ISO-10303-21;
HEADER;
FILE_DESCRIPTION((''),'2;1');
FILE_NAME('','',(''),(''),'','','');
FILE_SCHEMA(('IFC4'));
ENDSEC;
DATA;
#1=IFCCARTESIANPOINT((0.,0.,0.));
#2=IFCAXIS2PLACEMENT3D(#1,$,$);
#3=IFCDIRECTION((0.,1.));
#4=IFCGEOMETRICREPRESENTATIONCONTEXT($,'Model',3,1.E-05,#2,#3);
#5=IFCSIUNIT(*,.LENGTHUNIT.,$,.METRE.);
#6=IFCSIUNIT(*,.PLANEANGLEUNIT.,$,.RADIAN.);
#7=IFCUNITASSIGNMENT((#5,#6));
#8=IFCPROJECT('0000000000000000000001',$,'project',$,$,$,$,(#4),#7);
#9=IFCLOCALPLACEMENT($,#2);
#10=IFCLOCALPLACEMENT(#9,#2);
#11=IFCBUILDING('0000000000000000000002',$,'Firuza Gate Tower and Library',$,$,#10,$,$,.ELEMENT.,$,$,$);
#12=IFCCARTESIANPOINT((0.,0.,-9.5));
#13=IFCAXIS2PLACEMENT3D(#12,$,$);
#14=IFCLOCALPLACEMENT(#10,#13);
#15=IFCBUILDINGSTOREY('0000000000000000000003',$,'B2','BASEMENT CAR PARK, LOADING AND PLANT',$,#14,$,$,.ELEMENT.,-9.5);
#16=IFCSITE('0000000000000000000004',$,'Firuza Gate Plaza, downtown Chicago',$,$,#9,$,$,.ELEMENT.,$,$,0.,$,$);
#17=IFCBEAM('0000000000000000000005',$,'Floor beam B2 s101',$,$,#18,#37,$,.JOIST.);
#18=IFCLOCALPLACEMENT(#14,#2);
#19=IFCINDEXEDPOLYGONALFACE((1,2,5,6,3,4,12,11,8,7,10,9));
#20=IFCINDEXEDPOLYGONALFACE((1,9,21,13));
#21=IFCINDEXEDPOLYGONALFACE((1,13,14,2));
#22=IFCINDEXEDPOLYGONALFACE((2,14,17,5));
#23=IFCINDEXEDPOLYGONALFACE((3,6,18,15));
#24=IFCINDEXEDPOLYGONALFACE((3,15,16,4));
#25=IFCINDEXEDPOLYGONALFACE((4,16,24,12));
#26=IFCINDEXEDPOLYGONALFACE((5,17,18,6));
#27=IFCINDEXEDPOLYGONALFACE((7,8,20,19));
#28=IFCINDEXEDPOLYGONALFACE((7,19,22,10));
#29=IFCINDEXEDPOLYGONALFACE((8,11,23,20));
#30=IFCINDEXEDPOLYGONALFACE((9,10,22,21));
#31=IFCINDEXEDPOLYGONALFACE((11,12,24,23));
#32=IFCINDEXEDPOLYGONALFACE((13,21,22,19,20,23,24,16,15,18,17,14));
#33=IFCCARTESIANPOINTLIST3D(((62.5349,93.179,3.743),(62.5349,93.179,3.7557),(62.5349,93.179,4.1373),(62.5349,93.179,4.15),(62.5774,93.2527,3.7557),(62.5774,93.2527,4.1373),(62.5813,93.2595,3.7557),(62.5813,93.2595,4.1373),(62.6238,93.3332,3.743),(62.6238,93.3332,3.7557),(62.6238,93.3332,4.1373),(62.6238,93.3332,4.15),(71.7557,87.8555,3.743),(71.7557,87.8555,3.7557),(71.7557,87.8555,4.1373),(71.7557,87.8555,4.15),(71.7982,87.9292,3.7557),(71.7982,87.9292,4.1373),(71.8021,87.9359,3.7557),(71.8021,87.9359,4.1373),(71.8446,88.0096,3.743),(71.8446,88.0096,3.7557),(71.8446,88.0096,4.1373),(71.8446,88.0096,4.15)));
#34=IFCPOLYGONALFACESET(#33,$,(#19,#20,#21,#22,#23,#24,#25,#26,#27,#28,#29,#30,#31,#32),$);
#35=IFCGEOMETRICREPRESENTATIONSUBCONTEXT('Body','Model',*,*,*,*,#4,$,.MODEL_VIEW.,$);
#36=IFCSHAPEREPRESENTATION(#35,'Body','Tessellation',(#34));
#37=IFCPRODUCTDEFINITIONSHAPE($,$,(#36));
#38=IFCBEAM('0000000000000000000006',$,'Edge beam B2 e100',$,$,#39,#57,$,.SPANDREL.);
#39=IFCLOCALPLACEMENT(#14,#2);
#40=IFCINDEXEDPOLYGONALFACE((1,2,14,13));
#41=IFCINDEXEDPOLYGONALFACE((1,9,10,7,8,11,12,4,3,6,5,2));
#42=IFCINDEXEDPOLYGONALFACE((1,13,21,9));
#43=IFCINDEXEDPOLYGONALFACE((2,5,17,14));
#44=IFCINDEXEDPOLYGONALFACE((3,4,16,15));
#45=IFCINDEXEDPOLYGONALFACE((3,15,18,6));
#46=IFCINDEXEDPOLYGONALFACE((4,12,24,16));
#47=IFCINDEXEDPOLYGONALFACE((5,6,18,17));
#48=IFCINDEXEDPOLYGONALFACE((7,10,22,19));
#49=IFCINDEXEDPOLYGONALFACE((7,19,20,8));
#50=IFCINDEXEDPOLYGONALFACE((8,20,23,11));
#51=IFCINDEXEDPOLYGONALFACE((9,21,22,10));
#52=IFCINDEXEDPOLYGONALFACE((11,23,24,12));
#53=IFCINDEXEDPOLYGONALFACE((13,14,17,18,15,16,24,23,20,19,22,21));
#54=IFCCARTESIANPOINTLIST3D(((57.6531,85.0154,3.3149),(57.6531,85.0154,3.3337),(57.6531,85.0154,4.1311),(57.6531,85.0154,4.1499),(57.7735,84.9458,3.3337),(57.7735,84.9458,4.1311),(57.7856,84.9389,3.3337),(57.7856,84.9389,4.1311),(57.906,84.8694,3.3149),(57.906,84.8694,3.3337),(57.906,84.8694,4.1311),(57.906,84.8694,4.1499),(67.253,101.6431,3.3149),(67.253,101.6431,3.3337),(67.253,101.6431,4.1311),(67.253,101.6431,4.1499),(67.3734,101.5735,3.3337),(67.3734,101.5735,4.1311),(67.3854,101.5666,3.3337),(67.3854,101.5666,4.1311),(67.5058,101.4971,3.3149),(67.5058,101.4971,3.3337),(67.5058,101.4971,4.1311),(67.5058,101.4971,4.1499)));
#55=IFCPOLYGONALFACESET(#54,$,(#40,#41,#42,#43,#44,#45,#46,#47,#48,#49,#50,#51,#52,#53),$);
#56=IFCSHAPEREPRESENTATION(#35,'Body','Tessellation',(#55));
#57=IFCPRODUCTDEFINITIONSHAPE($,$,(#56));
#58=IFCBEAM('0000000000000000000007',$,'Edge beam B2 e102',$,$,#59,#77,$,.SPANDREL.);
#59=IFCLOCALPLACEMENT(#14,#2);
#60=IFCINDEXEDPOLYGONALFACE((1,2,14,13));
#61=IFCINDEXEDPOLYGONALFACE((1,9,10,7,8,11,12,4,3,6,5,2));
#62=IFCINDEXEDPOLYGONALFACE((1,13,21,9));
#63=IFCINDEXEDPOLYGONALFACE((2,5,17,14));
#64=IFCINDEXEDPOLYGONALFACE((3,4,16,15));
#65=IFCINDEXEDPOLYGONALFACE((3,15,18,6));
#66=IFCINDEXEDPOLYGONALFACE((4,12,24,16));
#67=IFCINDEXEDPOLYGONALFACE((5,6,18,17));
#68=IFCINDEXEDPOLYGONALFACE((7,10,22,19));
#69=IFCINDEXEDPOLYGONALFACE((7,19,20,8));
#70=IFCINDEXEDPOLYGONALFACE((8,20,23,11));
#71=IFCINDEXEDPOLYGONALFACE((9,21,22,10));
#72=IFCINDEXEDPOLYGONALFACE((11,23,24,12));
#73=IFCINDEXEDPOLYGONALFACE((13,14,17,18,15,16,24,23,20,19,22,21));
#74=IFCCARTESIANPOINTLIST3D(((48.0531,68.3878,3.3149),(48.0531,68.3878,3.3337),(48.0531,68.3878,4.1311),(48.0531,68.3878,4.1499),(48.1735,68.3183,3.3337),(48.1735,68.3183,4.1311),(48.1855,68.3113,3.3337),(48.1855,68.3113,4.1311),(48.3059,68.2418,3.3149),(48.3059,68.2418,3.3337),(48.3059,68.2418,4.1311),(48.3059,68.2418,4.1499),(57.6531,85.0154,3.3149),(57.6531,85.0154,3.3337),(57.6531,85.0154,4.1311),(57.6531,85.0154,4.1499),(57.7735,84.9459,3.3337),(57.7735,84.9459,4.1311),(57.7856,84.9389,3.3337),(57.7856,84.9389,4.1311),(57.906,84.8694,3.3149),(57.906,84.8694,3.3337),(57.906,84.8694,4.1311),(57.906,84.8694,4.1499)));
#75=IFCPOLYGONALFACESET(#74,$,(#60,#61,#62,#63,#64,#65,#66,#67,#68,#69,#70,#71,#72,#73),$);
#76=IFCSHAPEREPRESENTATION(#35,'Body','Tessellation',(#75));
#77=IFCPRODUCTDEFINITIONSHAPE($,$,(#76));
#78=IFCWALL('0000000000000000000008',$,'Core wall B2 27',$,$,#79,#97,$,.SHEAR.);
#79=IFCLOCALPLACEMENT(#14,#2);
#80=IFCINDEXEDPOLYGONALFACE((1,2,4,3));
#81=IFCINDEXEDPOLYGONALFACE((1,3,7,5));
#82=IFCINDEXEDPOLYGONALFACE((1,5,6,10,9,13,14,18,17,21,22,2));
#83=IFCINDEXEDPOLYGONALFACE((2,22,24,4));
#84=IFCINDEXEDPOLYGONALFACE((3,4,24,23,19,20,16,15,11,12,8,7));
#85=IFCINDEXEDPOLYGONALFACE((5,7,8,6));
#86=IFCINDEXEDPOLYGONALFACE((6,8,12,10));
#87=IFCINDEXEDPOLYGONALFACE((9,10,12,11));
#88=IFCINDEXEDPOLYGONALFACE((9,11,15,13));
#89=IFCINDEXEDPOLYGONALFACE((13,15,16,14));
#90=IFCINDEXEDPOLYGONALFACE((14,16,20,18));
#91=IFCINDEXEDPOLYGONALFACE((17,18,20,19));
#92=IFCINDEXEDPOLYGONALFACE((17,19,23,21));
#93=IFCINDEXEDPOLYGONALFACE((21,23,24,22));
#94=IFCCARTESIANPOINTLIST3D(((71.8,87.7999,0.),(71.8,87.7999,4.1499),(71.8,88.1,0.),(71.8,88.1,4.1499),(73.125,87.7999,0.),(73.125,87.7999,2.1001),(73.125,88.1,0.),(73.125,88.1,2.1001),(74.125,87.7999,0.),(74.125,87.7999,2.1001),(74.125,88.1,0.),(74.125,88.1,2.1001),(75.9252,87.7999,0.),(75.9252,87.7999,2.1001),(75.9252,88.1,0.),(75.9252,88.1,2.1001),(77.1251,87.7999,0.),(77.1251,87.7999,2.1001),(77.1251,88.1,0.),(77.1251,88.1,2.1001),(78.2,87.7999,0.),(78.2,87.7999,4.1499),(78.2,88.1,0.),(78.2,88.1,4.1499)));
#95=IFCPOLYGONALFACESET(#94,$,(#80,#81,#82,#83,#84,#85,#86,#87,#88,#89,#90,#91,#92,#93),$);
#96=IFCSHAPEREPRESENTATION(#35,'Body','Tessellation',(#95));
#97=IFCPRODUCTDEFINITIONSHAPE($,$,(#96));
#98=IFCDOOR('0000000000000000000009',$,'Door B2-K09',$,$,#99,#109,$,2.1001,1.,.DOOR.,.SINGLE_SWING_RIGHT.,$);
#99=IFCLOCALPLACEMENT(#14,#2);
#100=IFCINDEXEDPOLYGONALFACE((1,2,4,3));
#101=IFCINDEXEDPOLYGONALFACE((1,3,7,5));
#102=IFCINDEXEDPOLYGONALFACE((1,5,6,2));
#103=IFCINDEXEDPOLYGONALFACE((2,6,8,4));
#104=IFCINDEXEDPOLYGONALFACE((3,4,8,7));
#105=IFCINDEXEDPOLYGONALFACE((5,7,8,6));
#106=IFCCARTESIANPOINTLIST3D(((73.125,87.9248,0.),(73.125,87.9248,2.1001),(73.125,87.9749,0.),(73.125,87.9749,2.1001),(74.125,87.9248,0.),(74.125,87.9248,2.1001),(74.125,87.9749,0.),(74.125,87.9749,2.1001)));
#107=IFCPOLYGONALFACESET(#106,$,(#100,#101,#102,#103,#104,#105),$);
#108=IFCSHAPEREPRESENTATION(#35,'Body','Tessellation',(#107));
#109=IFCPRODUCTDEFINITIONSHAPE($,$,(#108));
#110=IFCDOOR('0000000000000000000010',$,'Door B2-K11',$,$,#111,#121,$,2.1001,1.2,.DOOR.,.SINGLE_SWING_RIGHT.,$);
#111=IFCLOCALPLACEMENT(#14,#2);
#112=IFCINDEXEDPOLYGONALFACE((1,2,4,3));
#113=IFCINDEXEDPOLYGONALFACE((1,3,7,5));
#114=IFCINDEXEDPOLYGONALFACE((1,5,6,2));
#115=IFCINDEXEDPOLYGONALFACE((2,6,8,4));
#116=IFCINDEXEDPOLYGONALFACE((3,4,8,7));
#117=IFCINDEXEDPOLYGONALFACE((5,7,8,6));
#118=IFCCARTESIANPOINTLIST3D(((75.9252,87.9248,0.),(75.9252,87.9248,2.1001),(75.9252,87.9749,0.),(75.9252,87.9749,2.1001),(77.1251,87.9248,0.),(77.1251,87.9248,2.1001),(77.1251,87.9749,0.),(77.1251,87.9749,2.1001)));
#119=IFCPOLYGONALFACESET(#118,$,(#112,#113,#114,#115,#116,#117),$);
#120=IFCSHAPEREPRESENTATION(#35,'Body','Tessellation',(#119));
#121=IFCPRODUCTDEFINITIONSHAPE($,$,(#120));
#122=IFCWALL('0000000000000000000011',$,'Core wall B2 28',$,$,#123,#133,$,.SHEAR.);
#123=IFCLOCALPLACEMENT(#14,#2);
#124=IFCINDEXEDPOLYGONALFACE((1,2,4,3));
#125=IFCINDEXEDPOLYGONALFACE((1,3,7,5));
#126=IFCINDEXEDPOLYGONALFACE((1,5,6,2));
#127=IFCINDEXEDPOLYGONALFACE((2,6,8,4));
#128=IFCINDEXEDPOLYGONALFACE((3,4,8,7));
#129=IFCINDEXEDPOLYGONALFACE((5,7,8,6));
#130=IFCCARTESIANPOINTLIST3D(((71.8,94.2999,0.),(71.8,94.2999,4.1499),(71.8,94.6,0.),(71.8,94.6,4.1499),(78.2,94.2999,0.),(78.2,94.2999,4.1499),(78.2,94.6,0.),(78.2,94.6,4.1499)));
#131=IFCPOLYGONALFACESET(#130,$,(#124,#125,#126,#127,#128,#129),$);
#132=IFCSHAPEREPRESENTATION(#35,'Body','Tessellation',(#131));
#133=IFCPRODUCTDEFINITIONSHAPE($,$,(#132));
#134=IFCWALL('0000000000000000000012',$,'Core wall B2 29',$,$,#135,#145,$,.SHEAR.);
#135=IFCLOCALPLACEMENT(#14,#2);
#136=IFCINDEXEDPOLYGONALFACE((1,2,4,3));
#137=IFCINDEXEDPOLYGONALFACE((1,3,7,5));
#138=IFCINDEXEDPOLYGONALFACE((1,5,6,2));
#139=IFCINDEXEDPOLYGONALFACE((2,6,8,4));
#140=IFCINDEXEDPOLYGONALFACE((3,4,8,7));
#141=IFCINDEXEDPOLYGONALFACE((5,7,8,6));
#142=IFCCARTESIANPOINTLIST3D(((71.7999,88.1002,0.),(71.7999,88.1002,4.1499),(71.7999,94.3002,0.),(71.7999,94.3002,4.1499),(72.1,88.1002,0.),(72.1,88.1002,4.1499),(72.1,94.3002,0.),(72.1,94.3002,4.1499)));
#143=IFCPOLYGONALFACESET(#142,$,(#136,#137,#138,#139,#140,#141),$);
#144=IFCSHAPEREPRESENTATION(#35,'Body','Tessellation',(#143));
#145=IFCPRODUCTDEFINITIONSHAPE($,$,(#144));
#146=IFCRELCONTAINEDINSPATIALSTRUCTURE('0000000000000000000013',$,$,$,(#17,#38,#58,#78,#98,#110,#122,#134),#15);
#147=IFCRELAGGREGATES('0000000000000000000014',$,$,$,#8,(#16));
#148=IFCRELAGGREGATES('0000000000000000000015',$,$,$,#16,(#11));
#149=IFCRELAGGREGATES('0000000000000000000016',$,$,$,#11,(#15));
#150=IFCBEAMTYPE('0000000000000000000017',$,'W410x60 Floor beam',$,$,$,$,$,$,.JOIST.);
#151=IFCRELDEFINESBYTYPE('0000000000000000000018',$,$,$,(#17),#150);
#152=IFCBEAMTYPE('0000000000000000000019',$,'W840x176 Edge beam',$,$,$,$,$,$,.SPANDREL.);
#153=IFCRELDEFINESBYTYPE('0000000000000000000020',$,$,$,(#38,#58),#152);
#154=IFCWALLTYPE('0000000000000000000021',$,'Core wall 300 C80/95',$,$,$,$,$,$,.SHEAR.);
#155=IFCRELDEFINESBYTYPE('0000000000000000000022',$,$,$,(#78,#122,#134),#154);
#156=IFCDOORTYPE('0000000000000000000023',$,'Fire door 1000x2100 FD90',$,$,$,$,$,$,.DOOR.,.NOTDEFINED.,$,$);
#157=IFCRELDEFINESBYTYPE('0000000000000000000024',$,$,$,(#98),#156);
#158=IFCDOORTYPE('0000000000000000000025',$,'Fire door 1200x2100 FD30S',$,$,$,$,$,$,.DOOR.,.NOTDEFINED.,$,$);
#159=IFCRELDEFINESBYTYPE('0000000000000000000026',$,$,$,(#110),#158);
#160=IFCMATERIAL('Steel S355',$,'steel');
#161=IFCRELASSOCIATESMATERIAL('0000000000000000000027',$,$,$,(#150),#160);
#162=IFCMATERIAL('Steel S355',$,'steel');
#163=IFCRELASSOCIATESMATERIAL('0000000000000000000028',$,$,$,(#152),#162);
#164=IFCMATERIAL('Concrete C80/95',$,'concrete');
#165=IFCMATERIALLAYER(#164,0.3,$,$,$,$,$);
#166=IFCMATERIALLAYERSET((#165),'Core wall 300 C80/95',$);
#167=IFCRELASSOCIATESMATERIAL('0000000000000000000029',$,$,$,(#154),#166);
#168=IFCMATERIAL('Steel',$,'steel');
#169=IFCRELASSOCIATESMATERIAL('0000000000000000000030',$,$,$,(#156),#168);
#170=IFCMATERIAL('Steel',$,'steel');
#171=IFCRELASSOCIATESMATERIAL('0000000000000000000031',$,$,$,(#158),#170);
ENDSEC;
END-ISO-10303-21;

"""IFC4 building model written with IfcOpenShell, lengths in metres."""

from ifc_helpers import new_model, si_unit, direction, frame, frame_2d, origin, origin_2d, place, context, subcontext, project, spatial, rectangle, i_section, extrude, material, layer, layer_set, material_profile, profile_set, type_object, element, fill, save


model = new_model("IFC4")

# Units and contexts
model_context = context("Model", 3, precision=1e-05, world=origin(), true_north=direction((0.0, 1.0)))
body_context = subcontext(model_context, "Body", "Model", "MODEL_VIEW")
ifc_project = project(units=[si_unit("LENGTHUNIT", "METRE"), si_unit("PLANEANGLEUNIT", "RADIAN")], contexts=[model_context])

# Site, building, storey
site_placement = place(None, origin())
site = spatial("IfcSite", under=ifc_project, at=site_placement, Name="Firuza Gate Plaza, downtown Chicago", CompositionType="ELEMENT", RefElevation=0.0)
building_placement = place(site_placement, origin())
building = spatial("IfcBuilding", under=site, at=building_placement, Name="Firuza Gate Tower and Library", CompositionType="ELEMENT")
storey_placement = place(building_placement, frame((0.0, 0.0, -9.5)))
storey = spatial("IfcBuildingStorey", under=building, at=storey_placement, Name="B2", Description="BASEMENT CAR PARK, LOADING AND PLANT", CompositionType="ELEMENT", Elevation=-9.5)

# Beams
ifc_material_1 = material(Name="Steel S355", Category="steel")
ifc_material_profile_1 = material_profile(ifc_material_1, i_section(OverallWidth=0.178, OverallDepth=0.407, WebThickness=0.0078, FlangeThickness=0.0127, at=origin_2d()))
ifc_profile_set_1 = profile_set([ifc_material_profile_1], Name="Steel S355")
beam_type_1 = type_object("IfcBeamType", Name="W410x60 Floor beam", PredefinedType="JOIST", material=ifc_profile_set_1)
beam_1_placement = place(storey_placement, frame((62.5793, 93.2561, 3.9465), z_axis=(0.866029, -0.499994, 0.0), x_axis=(0.499994, 0.866029, 0.0)))
element("IfcBeam", 1, at=beam_1_placement, inside=storey, type_object=beam_type_1, Name="Floor beam B2 s101", PredefinedType="JOIST", context=body_context, shape_type="SweptSolid", body=[
    extrude(i_section(OverallWidth=0.178, OverallDepth=0.407, WebThickness=0.0078, FlangeThickness=0.0127, at=origin_2d()), origin(), (0.0, 0.0, 1.0), 10.6472),
])
ifc_material_2 = material(Name="Steel S355", Category="steel")
ifc_material_profile_2 = material_profile(ifc_material_2, i_section(OverallWidth=0.292, OverallDepth=0.835, WebThickness=0.0139, FlangeThickness=0.0188, at=origin_2d()))
ifc_profile_set_2 = profile_set([ifc_material_profile_2], Name="Steel S355")
beam_type_2 = type_object("IfcBeamType", Name="W840x176 Edge beam", PredefinedType="SPANDREL", material=ifc_profile_set_2)
for number, where, z_axis, x_axis, name in (
    (2, (67.3794, 101.5701, 3.7324), (-0.499994, -0.866029, 0.0), (0.866029, -0.499994, 0.0), "Edge beam B2 e100"),
    (3, (57.7795, 84.9424, 3.7324), (-0.500004, -0.866023, 0.0), (0.866023, -0.500004, 0.0), "Edge beam B2 e102"),
):
    element("IfcBeam", number, at=place(storey_placement, frame(where, z_axis=z_axis, x_axis=x_axis)), inside=storey, type_object=beam_type_2, Name=name, PredefinedType="SPANDREL", context=body_context, shape_type="SweptSolid", body=[
        extrude(i_section(OverallWidth=0.292, OverallDepth=0.835, WebThickness=0.0139, FlangeThickness=0.0188, at=origin_2d()), origin(), (0.0, 0.0, 1.0), 19.2),
    ])

# Wall, openings, doors
ifc_material_3 = material(Name="Concrete C80/95", Category="concrete")
ifc_layer_1 = layer(ifc_material_3, 0.3)
ifc_layer_set_1 = layer_set([ifc_layer_1], Name="Core wall 300 C80/95")
wall_type_1 = type_object("IfcWallType", Name="Core wall 300 C80/95", PredefinedType="SHEAR", material=ifc_layer_set_1)
wall_1_placement = place(storey_placement, frame((71.8, 87.95, 0.0), z_axis=(0.0, 0.0, 1.0), x_axis=(1.0, 0.0, 0.0)))
wall_1 = element("IfcWall", 4, at=wall_1_placement, inside=storey, type_object=wall_type_1, Name="Core wall B2 27", PredefinedType="SHEAR", context=body_context, shape_type="SweptSolid", body=[
    extrude(rectangle(XDim=6.3999, YDim=0.3, at=frame_2d((3.2, 0.0))), origin(), (0.0, 0.0, 1.0), 4.1499),
])
opening_1_placement = place(wall_1_placement, frame((1.325, 0.0, 0.0)))
opening_1 = element("IfcOpeningElement", 5, at=opening_1_placement, cuts=wall_1, PredefinedType="OPENING", context=body_context, shape_type="SweptSolid", body=[
    extrude(rectangle(XDim=1.0, YDim=2.1001, at=frame_2d((0.5, 1.05))), frame((0.0, 0.1602, 0.0), z_axis=(0.0, -1.0, 0.0), x_axis=(1.0, 0.0, 0.0)), (0.0, 0.0, 1.0), 0.3201),
])
opening_2_placement = place(wall_1_placement, frame((4.125, 0.0, 0.0)))
opening_2 = element("IfcOpeningElement", 6, at=opening_2_placement, cuts=wall_1, PredefinedType="OPENING", context=body_context, shape_type="SweptSolid", body=[
    extrude(rectangle(XDim=1.2, YDim=2.1001, at=frame_2d((0.6001, 1.05))), frame((0.0, 0.1602, 0.0), z_axis=(0.0, -1.0, 0.0), x_axis=(1.0, 0.0, 0.0)), (0.0, 0.0, 1.0), 0.3201),
])
ifc_material_4 = material(Name="Steel", Category="steel")
door_type_1 = type_object("IfcDoorType", Name="Fire door 1000x2100 FD90", OperationType="NOTDEFINED", PredefinedType="DOOR", material=ifc_material_4)
door_1_placement = place(opening_1_placement, origin())
door_1 = element("IfcDoor", 7, at=door_1_placement, inside=storey, type_object=door_type_1, Name="Door B2-K09", OperationType="SINGLE_SWING_RIGHT", OverallHeight=2.1001, OverallWidth=1.0, PredefinedType="DOOR", context=body_context, shape_type="SweptSolid", body=[
    extrude(rectangle(XDim=1.0, YDim=2.1001, at=frame_2d((0.5, 1.05))), frame((0.0, 0.0249, 0.0), z_axis=(0.0, -1.0, 0.0), x_axis=(1.0, 0.0, 0.0)), (0.0, 0.0, 1.0), 0.05),
])
fill(opening_1, door_1)
ifc_material_5 = material(Name="Steel", Category="steel")
door_type_2 = type_object("IfcDoorType", Name="Fire door 1200x2100 FD30S", OperationType="NOTDEFINED", PredefinedType="DOOR", material=ifc_material_5)
door_2_placement = place(opening_2_placement, origin())
door_2 = element("IfcDoor", 8, at=door_2_placement, inside=storey, type_object=door_type_2, Name="Door B2-K11", OperationType="SINGLE_SWING_RIGHT", OverallHeight=2.1001, OverallWidth=1.2, PredefinedType="DOOR", context=body_context, shape_type="SweptSolid", body=[
    extrude(rectangle(XDim=1.2, YDim=2.1001, at=frame_2d((0.6001, 1.05))), frame((0.0, 0.0249, 0.0), z_axis=(0.0, -1.0, 0.0), x_axis=(1.0, 0.0, 0.0)), (0.0, 0.0, 1.0), 0.05),
])
fill(opening_2, door_2)

# Walls
wall_2_placement = place(storey_placement, frame((71.8, 94.45, 0.0), z_axis=(0.0, 0.0, 1.0), x_axis=(1.0, 0.0, 0.0)))
element("IfcWall", 9, at=wall_2_placement, inside=storey, type_object=wall_type_1, Name="Core wall B2 28", PredefinedType="SHEAR", context=body_context, shape_type="SweptSolid", body=[
    extrude(rectangle(XDim=6.3999, YDim=0.3, at=frame_2d((3.2, 0.0))), origin(), (0.0, 0.0, 1.0), 4.1499),
])
wall_3_placement = place(storey_placement, frame((71.95, 88.1001, 0.0), z_axis=(0.0, 0.0, 1.0), x_axis=(0.0, 1.0, 0.0)))
element("IfcWall", 10, at=wall_3_placement, inside=storey, type_object=wall_type_1, Name="Core wall B2 29", PredefinedType="SHEAR", context=body_context, shape_type="SweptSolid", body=[
    extrude(rectangle(XDim=6.2, YDim=0.3, at=frame_2d((3.1001, 0.0))), origin(), (0.0, 0.0, 1.0), 4.1499),
])

save(model, "model.ifc")
